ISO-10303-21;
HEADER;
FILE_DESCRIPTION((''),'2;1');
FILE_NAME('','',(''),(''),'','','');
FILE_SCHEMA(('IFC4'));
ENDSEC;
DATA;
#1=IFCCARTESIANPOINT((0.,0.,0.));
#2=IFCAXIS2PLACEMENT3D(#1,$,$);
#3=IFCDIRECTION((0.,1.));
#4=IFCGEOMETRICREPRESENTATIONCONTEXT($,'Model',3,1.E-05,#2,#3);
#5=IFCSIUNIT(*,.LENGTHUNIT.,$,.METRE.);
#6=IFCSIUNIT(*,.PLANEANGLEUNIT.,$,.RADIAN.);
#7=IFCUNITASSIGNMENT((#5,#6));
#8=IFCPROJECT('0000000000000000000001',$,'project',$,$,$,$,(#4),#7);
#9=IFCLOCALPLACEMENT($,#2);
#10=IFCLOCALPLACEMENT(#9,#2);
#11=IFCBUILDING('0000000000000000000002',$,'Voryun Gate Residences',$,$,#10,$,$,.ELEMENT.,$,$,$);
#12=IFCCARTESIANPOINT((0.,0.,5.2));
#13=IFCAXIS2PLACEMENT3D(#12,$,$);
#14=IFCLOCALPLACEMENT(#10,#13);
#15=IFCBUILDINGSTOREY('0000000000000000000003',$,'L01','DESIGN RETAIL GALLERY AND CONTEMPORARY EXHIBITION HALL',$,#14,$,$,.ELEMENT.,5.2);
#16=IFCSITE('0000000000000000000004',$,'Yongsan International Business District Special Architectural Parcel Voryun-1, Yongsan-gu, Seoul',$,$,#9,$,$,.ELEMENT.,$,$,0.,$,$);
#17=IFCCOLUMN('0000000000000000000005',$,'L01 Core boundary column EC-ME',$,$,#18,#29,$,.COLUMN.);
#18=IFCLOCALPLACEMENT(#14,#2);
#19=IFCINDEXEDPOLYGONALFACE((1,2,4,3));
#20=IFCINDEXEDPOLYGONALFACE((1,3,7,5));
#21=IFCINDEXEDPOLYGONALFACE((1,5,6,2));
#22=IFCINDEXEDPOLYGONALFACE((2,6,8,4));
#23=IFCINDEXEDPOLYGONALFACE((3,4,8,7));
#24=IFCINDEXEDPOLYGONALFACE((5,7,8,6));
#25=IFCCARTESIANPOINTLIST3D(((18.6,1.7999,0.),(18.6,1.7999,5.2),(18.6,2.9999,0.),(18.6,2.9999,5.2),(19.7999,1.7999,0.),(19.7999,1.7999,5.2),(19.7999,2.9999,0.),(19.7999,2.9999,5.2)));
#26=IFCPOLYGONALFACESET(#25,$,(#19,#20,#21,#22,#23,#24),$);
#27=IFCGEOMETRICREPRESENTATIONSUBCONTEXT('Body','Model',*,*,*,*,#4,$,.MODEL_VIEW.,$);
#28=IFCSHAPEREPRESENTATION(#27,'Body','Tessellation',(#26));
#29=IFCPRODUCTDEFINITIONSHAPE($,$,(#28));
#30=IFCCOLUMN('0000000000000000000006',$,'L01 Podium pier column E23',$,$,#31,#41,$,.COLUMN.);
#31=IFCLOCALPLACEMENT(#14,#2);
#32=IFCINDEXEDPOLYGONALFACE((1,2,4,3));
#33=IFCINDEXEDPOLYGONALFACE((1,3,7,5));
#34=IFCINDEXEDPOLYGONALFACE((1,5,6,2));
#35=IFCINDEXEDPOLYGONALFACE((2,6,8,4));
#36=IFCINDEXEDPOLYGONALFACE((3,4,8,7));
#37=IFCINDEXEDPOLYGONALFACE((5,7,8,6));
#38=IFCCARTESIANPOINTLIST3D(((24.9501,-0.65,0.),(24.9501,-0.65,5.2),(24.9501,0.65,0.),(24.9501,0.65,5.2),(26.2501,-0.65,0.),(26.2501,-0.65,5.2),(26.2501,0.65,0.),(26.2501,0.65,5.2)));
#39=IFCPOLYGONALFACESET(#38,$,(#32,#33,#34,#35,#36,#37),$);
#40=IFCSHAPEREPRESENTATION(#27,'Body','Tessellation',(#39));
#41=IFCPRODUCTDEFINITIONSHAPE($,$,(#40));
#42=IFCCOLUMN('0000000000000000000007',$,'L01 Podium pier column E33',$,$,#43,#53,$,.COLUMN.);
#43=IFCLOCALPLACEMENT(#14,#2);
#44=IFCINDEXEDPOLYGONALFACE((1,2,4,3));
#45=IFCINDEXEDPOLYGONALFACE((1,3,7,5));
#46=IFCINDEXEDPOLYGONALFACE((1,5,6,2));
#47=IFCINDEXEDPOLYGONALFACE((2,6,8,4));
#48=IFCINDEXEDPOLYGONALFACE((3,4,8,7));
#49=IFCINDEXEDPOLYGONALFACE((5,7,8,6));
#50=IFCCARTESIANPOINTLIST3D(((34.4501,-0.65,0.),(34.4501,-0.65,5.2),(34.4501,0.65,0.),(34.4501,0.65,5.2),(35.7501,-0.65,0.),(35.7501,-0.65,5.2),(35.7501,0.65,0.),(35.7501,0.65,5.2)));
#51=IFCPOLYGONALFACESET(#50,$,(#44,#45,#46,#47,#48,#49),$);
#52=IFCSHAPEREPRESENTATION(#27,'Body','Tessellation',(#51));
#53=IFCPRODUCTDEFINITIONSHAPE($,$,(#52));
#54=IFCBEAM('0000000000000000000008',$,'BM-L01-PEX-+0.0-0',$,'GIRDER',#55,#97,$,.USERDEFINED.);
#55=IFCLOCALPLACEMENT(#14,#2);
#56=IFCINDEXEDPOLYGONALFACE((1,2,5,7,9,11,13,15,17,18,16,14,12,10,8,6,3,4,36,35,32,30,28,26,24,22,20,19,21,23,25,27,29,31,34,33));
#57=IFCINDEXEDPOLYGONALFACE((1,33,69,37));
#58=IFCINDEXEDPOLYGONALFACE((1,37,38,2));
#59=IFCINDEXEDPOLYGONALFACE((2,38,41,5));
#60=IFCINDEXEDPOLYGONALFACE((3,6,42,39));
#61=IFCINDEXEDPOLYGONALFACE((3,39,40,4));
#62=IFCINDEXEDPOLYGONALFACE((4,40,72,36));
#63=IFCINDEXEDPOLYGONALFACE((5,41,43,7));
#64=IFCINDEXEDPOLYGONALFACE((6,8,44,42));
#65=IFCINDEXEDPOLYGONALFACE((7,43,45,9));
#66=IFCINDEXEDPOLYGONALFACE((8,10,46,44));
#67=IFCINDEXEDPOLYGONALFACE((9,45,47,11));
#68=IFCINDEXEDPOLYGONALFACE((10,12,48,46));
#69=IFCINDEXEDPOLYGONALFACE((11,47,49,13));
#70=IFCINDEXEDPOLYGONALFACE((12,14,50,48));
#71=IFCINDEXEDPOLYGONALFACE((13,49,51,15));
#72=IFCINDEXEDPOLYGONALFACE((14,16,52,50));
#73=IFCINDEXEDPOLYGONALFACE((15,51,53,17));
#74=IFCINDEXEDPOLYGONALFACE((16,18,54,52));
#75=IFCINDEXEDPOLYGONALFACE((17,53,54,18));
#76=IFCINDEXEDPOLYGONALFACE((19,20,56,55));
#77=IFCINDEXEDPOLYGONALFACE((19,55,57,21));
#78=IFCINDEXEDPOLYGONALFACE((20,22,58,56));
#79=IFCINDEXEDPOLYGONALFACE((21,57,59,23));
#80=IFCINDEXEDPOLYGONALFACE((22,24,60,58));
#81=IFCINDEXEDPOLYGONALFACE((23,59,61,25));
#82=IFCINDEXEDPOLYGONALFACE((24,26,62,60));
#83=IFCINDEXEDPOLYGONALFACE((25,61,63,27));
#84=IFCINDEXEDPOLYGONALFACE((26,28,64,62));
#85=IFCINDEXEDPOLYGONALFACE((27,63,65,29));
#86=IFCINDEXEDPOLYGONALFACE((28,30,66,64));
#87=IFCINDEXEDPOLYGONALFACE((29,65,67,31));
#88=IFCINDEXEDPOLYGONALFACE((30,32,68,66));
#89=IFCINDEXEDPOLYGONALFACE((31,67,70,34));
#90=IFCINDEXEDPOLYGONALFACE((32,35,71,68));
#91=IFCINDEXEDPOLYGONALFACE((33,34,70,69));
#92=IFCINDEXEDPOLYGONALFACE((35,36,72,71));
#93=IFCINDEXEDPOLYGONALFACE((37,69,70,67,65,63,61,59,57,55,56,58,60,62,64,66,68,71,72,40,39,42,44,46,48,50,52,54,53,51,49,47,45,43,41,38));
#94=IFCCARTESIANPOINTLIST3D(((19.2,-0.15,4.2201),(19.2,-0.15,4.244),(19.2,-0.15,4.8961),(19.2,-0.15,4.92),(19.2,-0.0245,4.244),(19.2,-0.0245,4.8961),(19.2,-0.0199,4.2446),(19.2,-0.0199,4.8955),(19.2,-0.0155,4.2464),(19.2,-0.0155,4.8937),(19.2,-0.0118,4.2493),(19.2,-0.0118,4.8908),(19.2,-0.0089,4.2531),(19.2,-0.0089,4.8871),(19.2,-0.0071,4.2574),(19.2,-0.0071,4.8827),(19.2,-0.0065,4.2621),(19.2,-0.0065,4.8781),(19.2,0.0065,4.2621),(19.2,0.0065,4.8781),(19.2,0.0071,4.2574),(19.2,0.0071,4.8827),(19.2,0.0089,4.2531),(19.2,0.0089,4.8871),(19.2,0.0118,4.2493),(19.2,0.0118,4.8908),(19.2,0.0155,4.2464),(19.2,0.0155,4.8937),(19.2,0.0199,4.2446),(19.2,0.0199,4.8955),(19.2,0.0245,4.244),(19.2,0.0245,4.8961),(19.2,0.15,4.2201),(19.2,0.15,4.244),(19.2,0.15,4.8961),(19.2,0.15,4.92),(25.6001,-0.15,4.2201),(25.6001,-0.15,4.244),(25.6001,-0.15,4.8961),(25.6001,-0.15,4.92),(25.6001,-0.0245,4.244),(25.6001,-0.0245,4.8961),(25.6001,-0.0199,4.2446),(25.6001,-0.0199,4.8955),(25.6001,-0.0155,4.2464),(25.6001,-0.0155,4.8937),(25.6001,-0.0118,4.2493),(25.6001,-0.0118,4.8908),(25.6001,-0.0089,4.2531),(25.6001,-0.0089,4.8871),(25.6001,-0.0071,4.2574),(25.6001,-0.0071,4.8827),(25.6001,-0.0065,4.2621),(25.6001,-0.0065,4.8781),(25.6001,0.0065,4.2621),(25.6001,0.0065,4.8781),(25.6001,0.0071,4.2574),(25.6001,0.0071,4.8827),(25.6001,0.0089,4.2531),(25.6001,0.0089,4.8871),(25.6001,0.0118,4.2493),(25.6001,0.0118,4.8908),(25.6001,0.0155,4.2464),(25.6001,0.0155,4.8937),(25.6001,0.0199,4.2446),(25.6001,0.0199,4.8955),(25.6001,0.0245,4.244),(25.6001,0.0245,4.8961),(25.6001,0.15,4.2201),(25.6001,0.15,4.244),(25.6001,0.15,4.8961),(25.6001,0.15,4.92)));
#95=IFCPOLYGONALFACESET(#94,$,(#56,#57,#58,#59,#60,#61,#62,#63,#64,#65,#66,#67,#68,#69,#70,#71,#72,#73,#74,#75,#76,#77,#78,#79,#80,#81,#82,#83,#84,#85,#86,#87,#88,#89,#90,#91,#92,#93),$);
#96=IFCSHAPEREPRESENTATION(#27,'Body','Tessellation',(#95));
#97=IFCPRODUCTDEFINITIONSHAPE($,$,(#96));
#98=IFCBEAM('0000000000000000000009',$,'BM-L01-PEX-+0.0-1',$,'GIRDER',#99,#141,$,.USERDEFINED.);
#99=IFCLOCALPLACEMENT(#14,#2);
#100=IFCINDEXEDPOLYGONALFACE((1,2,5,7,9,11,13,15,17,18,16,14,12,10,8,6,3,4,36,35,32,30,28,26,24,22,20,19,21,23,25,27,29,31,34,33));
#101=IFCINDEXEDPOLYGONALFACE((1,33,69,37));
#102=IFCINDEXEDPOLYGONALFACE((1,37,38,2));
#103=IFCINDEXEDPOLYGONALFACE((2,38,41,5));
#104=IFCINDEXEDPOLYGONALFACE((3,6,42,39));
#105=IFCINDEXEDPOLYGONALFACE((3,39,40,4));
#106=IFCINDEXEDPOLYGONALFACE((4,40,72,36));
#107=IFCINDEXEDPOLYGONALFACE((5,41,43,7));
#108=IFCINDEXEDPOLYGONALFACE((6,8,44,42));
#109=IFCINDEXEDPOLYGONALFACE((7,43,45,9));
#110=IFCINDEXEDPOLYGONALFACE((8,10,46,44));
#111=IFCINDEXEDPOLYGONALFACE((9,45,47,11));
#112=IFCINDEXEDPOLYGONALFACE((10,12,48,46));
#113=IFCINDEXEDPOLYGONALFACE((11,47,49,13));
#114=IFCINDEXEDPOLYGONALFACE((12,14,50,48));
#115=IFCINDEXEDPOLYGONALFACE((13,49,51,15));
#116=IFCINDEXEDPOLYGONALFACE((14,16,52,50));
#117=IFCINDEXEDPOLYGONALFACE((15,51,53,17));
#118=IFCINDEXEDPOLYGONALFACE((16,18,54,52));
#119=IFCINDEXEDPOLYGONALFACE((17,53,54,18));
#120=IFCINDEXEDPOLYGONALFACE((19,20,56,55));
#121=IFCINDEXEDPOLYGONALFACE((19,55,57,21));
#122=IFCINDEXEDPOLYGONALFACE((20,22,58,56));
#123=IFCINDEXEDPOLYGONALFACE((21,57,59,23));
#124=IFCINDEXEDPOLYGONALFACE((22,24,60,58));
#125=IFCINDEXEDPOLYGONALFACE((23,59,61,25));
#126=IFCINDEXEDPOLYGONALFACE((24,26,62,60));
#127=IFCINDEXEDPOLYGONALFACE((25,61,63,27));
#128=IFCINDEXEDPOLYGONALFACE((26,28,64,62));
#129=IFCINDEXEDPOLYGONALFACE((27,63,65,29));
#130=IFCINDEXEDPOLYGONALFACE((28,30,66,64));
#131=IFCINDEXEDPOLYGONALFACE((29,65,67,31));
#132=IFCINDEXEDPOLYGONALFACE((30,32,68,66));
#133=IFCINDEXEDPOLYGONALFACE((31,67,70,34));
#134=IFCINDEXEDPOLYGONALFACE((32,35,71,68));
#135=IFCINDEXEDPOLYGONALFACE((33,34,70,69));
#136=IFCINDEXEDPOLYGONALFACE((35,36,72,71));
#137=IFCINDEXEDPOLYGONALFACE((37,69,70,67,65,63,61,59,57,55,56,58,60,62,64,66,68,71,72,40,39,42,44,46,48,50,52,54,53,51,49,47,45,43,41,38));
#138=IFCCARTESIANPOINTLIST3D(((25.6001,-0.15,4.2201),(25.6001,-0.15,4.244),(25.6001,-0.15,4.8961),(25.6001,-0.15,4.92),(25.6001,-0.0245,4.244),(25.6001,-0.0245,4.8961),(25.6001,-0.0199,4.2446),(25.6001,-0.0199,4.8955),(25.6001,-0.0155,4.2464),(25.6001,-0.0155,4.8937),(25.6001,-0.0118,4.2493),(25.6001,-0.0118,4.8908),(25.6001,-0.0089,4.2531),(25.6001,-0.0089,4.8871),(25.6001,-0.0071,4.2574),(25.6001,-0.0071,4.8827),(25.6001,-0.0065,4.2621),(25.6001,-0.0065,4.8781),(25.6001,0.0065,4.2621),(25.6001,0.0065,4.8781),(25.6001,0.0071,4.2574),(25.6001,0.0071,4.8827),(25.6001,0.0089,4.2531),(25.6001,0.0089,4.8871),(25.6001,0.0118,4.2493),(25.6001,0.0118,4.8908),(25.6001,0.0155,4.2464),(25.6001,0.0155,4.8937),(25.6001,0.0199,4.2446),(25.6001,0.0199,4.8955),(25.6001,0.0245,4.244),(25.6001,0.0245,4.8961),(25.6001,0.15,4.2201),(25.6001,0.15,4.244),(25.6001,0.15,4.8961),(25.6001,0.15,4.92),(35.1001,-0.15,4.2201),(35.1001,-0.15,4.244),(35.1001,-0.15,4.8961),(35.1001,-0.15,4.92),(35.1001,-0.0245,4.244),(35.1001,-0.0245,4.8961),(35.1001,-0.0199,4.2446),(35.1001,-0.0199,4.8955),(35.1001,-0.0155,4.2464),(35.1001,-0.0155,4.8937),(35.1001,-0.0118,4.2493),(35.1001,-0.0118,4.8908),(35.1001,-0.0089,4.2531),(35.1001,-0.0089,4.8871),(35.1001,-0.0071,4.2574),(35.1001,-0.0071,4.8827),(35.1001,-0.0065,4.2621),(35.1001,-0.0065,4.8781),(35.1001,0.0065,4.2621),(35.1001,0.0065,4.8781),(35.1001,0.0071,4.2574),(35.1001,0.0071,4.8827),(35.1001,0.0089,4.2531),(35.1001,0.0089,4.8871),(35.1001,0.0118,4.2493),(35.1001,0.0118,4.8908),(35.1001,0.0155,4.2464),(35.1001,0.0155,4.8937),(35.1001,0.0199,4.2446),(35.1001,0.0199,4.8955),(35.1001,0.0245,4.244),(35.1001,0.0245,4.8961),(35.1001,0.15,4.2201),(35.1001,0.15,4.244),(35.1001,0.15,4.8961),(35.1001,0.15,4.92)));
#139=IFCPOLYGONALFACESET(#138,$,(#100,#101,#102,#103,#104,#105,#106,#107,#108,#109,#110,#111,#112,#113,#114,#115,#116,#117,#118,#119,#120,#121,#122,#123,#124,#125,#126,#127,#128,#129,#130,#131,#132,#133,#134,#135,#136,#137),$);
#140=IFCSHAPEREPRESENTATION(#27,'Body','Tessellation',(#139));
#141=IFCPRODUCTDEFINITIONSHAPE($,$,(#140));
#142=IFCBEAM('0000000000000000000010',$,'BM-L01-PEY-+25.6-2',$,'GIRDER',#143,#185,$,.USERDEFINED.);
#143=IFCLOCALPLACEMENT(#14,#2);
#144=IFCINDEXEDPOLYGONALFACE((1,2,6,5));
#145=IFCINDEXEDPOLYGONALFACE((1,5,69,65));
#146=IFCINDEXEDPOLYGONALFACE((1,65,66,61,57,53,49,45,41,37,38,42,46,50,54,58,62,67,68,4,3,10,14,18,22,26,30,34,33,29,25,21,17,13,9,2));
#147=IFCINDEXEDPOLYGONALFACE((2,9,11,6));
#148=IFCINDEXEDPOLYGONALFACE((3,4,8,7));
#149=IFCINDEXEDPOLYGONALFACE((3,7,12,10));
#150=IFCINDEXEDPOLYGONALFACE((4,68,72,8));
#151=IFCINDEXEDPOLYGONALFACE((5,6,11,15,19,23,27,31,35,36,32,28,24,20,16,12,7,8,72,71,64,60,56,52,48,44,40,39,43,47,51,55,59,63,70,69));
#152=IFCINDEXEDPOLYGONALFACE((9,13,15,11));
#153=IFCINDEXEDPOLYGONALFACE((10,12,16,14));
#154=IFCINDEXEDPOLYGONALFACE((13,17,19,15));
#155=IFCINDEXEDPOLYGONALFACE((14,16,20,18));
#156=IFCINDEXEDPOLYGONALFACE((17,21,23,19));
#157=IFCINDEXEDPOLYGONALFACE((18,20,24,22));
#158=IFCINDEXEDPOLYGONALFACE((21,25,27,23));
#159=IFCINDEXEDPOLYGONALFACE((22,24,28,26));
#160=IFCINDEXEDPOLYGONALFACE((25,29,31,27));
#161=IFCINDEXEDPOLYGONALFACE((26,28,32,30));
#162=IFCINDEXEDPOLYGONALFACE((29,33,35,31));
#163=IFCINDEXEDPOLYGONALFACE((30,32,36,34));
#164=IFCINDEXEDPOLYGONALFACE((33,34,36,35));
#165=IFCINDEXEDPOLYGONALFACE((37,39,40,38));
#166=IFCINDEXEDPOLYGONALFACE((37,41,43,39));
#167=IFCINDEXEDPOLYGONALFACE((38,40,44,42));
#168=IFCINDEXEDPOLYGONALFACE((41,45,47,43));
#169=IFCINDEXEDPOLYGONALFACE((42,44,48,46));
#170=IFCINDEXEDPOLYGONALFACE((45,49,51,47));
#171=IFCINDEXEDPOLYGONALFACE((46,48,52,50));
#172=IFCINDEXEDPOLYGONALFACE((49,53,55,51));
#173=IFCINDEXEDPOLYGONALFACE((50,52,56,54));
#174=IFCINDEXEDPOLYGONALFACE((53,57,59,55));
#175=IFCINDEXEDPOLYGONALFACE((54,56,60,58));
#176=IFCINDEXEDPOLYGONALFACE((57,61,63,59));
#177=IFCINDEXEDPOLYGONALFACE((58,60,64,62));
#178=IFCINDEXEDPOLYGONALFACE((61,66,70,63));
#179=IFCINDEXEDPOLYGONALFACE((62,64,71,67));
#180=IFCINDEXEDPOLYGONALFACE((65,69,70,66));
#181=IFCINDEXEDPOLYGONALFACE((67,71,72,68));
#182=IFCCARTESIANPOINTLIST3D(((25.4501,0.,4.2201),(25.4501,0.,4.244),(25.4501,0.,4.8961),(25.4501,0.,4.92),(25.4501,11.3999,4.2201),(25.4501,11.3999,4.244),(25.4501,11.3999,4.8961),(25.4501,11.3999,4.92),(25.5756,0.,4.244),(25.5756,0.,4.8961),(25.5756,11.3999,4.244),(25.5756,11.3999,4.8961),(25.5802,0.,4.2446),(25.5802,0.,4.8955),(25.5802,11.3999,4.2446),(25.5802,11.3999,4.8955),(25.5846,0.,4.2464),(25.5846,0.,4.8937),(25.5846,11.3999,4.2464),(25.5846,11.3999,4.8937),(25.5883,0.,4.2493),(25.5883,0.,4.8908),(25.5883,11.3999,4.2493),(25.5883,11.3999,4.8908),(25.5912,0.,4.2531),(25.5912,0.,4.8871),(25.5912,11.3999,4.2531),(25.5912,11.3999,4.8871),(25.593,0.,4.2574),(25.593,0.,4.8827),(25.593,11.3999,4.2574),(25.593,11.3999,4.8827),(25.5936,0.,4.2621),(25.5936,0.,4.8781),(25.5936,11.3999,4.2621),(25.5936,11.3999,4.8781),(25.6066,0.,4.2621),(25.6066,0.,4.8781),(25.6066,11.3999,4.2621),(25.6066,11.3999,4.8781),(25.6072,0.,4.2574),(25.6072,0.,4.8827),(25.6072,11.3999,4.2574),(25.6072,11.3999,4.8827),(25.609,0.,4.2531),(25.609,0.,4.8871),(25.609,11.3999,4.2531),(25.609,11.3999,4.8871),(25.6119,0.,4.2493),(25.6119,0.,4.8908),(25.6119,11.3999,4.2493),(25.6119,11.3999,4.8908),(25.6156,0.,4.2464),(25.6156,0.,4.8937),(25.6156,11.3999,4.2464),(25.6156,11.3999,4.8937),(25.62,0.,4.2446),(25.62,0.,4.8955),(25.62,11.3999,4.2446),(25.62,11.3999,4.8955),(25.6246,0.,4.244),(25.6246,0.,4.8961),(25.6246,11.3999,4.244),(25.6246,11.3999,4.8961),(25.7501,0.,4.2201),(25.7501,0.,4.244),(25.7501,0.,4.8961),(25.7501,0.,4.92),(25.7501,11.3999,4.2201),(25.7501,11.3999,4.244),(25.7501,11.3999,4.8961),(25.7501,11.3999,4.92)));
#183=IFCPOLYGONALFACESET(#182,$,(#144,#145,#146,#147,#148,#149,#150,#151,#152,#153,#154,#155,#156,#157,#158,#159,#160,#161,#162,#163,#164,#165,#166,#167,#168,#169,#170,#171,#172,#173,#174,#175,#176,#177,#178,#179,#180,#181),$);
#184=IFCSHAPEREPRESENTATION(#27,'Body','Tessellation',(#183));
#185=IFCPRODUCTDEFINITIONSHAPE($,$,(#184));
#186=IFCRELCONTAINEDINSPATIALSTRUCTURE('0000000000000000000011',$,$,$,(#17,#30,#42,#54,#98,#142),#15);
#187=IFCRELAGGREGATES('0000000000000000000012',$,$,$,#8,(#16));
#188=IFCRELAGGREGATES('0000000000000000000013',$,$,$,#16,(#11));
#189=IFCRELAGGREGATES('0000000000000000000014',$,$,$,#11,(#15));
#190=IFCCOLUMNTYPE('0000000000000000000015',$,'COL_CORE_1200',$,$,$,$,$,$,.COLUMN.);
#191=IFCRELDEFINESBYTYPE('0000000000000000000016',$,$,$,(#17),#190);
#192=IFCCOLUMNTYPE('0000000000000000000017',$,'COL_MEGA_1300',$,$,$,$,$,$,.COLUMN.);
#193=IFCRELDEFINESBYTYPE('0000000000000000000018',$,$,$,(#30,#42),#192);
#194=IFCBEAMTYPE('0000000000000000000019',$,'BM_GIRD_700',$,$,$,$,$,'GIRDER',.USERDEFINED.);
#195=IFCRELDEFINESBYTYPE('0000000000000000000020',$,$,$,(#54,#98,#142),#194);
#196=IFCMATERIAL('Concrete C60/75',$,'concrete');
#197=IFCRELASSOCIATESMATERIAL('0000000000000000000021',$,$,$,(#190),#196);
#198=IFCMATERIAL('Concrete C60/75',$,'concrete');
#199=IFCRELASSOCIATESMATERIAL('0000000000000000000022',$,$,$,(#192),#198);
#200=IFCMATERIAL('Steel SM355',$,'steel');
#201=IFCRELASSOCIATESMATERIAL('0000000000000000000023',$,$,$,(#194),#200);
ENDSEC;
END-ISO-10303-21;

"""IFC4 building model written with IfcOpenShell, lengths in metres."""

from ifc_helpers import new_model, si_unit, direction, frame, origin, origin_2d, place, context, subcontext, project, spatial, rectangle, i_section, extrude, material, material_profile, profile_set, type_object, element, save


model = new_model("IFC4")

# Units and contexts
model_context = context("Model", 3, precision=1e-05, world=origin(), true_north=direction((0.0, 1.0)))
body_context = subcontext(model_context, "Body", "Model", "MODEL_VIEW")
ifc_project = project(units=[si_unit("LENGTHUNIT", "METRE"), si_unit("PLANEANGLEUNIT", "RADIAN")], contexts=[model_context])

# Site, building, storey
site_placement = place(None, origin())
site = spatial("IfcSite", under=ifc_project, at=site_placement, Name="Yongsan International Business District Special Architectural Parcel Voryun-1, Yongsan-gu, Seoul", CompositionType="ELEMENT", RefElevation=0.0)
building_placement = place(site_placement, origin())
building = spatial("IfcBuilding", under=site, at=building_placement, Name="Voryun Gate Residences", CompositionType="ELEMENT")
storey_placement = place(building_placement, frame((0.0, 0.0, 5.2)))
storey = spatial("IfcBuildingStorey", under=building, at=storey_placement, Name="L01", Description="DESIGN RETAIL GALLERY AND CONTEMPORARY EXHIBITION HALL", CompositionType="ELEMENT", Elevation=5.2)

# Columns
ifc_material_1 = material(Name="Concrete C60/75", Category="concrete")
ifc_material_profile_1 = material_profile(ifc_material_1, rectangle(XDim=1.2, YDim=1.2, at=origin_2d()), Name="RC-1200x1200")
ifc_profile_set_1 = profile_set([ifc_material_profile_1], Name="Concrete C60/75")
column_type_1 = type_object("IfcColumnType", Name="COL_CORE_1200", PredefinedType="COLUMN", material=ifc_profile_set_1)
column_placement = place(storey_placement, frame((19.2, 2.3999, 0.0), z_axis=(0.0, 0.0, 1.0), x_axis=(1.0, 0.0, 0.0)))
element("IfcColumn", 1, at=column_placement, inside=storey, type_object=column_type_1, Name="L01 Core boundary column EC-ME", PredefinedType="COLUMN", context=body_context, shape_type="SweptSolid", body=[
    extrude(rectangle(XDim=1.2, YDim=1.2, at=origin_2d()), origin(), (0.0, 0.0, 1.0), 5.2),
])
ifc_material_2 = material(Name="Concrete C60/75", Category="concrete")
ifc_material_profile_2 = material_profile(ifc_material_2, rectangle(XDim=1.3, YDim=1.3, at=origin_2d()), Name="RC-1300x1300")
ifc_profile_set_2 = profile_set([ifc_material_profile_2], Name="Concrete C60/75")
column_type_2 = type_object("IfcColumnType", Name="COL_MEGA_1300", PredefinedType="COLUMN", material=ifc_profile_set_2)
for number, where, z_axis, x_axis, name in (
    (2, (25.6001, 0.0, 0.0), (0.0, 0.0, 1.0), (1.0, 0.0, 0.0), "L01 Podium pier column E23"),
    (3, (35.1001, 0.0, 0.0), (0.0, 0.0, 1.0), (1.0, 0.0, 0.0), "L01 Podium pier column E33"),
):
    element("IfcColumn", number, at=place(storey_placement, frame(where, z_axis=z_axis, x_axis=x_axis)), inside=storey, type_object=column_type_2, Name=name, PredefinedType="COLUMN", context=body_context, shape_type="SweptSolid", body=[
        extrude(rectangle(XDim=1.3, YDim=1.3, at=origin_2d()), origin(), (0.0, 0.0, 1.0), 5.2),
    ])

# Beams
ifc_material_3 = material(Name="Steel SM355", Category="steel")
ifc_material_profile_3 = material_profile(ifc_material_3, i_section(OverallWidth=0.3, OverallDepth=0.7, WebThickness=0.0129, FlangeThickness=0.0239, FilletRadius=0.0181, at=origin_2d()), Name="H-700x300x13x24")
ifc_profile_set_3 = profile_set([ifc_material_profile_3], Name="Steel SM355")
beam_type = type_object("IfcBeamType", Name="BM_GIRD_700", ElementType="GIRDER", PredefinedType="USERDEFINED", material=ifc_profile_set_3)
beam_1_placement = place(storey_placement, frame((19.2, 0.0, 4.5701), z_axis=(1.0, 0.0, 0.0), x_axis=(0.0, 1.0, 0.0)))
element("IfcBeam", 4, at=beam_1_placement, inside=storey, type_object=beam_type, Name="BM-L01-PEX-+0.0-0", ObjectType="GIRDER", PredefinedType="USERDEFINED", context=body_context, shape_type="SweptSolid", body=[
    extrude(i_section(OverallWidth=0.3, OverallDepth=0.7, WebThickness=0.0129, FlangeThickness=0.0239, FilletRadius=0.0181, at=origin_2d()), origin(), (0.0, 0.0, 1.0), 6.4001),
])
beam_2_placement = place(storey_placement, frame((25.6001, 0.0, 4.5701), z_axis=(1.0, 0.0, 0.0), x_axis=(0.0, 1.0, 0.0)))
element("IfcBeam", 5, at=beam_2_placement, inside=storey, type_object=beam_type, Name="BM-L01-PEX-+0.0-1", ObjectType="GIRDER", PredefinedType="USERDEFINED", context=body_context, shape_type="SweptSolid", body=[
    extrude(i_section(OverallWidth=0.3, OverallDepth=0.7, WebThickness=0.0129, FlangeThickness=0.0239, FilletRadius=0.0181, at=origin_2d()), origin(), (0.0, 0.0, 1.0), 9.5),
])
for number, where, z_axis, x_axis, name in (
    (6, (25.6001, 0.0, 4.5701), (0.0, 1.0, 0.0), (-1.0, 0.0, 0.0), "BM-L01-PEY-+25.6-2"),
):
    element("IfcBeam", number, at=place(storey_placement, frame(where, z_axis=z_axis, x_axis=x_axis)), inside=storey, type_object=beam_type, Name=name, ObjectType="GIRDER", PredefinedType="USERDEFINED", context=body_context, shape_type="SweptSolid", body=[
        extrude(i_section(OverallWidth=0.3, OverallDepth=0.7, WebThickness=0.0129, FlangeThickness=0.0239, FilletRadius=0.0181, at=origin_2d()), origin(), (0.0, 0.0, 1.0), 11.3999),
    ])

save(model, "model.ifc")
